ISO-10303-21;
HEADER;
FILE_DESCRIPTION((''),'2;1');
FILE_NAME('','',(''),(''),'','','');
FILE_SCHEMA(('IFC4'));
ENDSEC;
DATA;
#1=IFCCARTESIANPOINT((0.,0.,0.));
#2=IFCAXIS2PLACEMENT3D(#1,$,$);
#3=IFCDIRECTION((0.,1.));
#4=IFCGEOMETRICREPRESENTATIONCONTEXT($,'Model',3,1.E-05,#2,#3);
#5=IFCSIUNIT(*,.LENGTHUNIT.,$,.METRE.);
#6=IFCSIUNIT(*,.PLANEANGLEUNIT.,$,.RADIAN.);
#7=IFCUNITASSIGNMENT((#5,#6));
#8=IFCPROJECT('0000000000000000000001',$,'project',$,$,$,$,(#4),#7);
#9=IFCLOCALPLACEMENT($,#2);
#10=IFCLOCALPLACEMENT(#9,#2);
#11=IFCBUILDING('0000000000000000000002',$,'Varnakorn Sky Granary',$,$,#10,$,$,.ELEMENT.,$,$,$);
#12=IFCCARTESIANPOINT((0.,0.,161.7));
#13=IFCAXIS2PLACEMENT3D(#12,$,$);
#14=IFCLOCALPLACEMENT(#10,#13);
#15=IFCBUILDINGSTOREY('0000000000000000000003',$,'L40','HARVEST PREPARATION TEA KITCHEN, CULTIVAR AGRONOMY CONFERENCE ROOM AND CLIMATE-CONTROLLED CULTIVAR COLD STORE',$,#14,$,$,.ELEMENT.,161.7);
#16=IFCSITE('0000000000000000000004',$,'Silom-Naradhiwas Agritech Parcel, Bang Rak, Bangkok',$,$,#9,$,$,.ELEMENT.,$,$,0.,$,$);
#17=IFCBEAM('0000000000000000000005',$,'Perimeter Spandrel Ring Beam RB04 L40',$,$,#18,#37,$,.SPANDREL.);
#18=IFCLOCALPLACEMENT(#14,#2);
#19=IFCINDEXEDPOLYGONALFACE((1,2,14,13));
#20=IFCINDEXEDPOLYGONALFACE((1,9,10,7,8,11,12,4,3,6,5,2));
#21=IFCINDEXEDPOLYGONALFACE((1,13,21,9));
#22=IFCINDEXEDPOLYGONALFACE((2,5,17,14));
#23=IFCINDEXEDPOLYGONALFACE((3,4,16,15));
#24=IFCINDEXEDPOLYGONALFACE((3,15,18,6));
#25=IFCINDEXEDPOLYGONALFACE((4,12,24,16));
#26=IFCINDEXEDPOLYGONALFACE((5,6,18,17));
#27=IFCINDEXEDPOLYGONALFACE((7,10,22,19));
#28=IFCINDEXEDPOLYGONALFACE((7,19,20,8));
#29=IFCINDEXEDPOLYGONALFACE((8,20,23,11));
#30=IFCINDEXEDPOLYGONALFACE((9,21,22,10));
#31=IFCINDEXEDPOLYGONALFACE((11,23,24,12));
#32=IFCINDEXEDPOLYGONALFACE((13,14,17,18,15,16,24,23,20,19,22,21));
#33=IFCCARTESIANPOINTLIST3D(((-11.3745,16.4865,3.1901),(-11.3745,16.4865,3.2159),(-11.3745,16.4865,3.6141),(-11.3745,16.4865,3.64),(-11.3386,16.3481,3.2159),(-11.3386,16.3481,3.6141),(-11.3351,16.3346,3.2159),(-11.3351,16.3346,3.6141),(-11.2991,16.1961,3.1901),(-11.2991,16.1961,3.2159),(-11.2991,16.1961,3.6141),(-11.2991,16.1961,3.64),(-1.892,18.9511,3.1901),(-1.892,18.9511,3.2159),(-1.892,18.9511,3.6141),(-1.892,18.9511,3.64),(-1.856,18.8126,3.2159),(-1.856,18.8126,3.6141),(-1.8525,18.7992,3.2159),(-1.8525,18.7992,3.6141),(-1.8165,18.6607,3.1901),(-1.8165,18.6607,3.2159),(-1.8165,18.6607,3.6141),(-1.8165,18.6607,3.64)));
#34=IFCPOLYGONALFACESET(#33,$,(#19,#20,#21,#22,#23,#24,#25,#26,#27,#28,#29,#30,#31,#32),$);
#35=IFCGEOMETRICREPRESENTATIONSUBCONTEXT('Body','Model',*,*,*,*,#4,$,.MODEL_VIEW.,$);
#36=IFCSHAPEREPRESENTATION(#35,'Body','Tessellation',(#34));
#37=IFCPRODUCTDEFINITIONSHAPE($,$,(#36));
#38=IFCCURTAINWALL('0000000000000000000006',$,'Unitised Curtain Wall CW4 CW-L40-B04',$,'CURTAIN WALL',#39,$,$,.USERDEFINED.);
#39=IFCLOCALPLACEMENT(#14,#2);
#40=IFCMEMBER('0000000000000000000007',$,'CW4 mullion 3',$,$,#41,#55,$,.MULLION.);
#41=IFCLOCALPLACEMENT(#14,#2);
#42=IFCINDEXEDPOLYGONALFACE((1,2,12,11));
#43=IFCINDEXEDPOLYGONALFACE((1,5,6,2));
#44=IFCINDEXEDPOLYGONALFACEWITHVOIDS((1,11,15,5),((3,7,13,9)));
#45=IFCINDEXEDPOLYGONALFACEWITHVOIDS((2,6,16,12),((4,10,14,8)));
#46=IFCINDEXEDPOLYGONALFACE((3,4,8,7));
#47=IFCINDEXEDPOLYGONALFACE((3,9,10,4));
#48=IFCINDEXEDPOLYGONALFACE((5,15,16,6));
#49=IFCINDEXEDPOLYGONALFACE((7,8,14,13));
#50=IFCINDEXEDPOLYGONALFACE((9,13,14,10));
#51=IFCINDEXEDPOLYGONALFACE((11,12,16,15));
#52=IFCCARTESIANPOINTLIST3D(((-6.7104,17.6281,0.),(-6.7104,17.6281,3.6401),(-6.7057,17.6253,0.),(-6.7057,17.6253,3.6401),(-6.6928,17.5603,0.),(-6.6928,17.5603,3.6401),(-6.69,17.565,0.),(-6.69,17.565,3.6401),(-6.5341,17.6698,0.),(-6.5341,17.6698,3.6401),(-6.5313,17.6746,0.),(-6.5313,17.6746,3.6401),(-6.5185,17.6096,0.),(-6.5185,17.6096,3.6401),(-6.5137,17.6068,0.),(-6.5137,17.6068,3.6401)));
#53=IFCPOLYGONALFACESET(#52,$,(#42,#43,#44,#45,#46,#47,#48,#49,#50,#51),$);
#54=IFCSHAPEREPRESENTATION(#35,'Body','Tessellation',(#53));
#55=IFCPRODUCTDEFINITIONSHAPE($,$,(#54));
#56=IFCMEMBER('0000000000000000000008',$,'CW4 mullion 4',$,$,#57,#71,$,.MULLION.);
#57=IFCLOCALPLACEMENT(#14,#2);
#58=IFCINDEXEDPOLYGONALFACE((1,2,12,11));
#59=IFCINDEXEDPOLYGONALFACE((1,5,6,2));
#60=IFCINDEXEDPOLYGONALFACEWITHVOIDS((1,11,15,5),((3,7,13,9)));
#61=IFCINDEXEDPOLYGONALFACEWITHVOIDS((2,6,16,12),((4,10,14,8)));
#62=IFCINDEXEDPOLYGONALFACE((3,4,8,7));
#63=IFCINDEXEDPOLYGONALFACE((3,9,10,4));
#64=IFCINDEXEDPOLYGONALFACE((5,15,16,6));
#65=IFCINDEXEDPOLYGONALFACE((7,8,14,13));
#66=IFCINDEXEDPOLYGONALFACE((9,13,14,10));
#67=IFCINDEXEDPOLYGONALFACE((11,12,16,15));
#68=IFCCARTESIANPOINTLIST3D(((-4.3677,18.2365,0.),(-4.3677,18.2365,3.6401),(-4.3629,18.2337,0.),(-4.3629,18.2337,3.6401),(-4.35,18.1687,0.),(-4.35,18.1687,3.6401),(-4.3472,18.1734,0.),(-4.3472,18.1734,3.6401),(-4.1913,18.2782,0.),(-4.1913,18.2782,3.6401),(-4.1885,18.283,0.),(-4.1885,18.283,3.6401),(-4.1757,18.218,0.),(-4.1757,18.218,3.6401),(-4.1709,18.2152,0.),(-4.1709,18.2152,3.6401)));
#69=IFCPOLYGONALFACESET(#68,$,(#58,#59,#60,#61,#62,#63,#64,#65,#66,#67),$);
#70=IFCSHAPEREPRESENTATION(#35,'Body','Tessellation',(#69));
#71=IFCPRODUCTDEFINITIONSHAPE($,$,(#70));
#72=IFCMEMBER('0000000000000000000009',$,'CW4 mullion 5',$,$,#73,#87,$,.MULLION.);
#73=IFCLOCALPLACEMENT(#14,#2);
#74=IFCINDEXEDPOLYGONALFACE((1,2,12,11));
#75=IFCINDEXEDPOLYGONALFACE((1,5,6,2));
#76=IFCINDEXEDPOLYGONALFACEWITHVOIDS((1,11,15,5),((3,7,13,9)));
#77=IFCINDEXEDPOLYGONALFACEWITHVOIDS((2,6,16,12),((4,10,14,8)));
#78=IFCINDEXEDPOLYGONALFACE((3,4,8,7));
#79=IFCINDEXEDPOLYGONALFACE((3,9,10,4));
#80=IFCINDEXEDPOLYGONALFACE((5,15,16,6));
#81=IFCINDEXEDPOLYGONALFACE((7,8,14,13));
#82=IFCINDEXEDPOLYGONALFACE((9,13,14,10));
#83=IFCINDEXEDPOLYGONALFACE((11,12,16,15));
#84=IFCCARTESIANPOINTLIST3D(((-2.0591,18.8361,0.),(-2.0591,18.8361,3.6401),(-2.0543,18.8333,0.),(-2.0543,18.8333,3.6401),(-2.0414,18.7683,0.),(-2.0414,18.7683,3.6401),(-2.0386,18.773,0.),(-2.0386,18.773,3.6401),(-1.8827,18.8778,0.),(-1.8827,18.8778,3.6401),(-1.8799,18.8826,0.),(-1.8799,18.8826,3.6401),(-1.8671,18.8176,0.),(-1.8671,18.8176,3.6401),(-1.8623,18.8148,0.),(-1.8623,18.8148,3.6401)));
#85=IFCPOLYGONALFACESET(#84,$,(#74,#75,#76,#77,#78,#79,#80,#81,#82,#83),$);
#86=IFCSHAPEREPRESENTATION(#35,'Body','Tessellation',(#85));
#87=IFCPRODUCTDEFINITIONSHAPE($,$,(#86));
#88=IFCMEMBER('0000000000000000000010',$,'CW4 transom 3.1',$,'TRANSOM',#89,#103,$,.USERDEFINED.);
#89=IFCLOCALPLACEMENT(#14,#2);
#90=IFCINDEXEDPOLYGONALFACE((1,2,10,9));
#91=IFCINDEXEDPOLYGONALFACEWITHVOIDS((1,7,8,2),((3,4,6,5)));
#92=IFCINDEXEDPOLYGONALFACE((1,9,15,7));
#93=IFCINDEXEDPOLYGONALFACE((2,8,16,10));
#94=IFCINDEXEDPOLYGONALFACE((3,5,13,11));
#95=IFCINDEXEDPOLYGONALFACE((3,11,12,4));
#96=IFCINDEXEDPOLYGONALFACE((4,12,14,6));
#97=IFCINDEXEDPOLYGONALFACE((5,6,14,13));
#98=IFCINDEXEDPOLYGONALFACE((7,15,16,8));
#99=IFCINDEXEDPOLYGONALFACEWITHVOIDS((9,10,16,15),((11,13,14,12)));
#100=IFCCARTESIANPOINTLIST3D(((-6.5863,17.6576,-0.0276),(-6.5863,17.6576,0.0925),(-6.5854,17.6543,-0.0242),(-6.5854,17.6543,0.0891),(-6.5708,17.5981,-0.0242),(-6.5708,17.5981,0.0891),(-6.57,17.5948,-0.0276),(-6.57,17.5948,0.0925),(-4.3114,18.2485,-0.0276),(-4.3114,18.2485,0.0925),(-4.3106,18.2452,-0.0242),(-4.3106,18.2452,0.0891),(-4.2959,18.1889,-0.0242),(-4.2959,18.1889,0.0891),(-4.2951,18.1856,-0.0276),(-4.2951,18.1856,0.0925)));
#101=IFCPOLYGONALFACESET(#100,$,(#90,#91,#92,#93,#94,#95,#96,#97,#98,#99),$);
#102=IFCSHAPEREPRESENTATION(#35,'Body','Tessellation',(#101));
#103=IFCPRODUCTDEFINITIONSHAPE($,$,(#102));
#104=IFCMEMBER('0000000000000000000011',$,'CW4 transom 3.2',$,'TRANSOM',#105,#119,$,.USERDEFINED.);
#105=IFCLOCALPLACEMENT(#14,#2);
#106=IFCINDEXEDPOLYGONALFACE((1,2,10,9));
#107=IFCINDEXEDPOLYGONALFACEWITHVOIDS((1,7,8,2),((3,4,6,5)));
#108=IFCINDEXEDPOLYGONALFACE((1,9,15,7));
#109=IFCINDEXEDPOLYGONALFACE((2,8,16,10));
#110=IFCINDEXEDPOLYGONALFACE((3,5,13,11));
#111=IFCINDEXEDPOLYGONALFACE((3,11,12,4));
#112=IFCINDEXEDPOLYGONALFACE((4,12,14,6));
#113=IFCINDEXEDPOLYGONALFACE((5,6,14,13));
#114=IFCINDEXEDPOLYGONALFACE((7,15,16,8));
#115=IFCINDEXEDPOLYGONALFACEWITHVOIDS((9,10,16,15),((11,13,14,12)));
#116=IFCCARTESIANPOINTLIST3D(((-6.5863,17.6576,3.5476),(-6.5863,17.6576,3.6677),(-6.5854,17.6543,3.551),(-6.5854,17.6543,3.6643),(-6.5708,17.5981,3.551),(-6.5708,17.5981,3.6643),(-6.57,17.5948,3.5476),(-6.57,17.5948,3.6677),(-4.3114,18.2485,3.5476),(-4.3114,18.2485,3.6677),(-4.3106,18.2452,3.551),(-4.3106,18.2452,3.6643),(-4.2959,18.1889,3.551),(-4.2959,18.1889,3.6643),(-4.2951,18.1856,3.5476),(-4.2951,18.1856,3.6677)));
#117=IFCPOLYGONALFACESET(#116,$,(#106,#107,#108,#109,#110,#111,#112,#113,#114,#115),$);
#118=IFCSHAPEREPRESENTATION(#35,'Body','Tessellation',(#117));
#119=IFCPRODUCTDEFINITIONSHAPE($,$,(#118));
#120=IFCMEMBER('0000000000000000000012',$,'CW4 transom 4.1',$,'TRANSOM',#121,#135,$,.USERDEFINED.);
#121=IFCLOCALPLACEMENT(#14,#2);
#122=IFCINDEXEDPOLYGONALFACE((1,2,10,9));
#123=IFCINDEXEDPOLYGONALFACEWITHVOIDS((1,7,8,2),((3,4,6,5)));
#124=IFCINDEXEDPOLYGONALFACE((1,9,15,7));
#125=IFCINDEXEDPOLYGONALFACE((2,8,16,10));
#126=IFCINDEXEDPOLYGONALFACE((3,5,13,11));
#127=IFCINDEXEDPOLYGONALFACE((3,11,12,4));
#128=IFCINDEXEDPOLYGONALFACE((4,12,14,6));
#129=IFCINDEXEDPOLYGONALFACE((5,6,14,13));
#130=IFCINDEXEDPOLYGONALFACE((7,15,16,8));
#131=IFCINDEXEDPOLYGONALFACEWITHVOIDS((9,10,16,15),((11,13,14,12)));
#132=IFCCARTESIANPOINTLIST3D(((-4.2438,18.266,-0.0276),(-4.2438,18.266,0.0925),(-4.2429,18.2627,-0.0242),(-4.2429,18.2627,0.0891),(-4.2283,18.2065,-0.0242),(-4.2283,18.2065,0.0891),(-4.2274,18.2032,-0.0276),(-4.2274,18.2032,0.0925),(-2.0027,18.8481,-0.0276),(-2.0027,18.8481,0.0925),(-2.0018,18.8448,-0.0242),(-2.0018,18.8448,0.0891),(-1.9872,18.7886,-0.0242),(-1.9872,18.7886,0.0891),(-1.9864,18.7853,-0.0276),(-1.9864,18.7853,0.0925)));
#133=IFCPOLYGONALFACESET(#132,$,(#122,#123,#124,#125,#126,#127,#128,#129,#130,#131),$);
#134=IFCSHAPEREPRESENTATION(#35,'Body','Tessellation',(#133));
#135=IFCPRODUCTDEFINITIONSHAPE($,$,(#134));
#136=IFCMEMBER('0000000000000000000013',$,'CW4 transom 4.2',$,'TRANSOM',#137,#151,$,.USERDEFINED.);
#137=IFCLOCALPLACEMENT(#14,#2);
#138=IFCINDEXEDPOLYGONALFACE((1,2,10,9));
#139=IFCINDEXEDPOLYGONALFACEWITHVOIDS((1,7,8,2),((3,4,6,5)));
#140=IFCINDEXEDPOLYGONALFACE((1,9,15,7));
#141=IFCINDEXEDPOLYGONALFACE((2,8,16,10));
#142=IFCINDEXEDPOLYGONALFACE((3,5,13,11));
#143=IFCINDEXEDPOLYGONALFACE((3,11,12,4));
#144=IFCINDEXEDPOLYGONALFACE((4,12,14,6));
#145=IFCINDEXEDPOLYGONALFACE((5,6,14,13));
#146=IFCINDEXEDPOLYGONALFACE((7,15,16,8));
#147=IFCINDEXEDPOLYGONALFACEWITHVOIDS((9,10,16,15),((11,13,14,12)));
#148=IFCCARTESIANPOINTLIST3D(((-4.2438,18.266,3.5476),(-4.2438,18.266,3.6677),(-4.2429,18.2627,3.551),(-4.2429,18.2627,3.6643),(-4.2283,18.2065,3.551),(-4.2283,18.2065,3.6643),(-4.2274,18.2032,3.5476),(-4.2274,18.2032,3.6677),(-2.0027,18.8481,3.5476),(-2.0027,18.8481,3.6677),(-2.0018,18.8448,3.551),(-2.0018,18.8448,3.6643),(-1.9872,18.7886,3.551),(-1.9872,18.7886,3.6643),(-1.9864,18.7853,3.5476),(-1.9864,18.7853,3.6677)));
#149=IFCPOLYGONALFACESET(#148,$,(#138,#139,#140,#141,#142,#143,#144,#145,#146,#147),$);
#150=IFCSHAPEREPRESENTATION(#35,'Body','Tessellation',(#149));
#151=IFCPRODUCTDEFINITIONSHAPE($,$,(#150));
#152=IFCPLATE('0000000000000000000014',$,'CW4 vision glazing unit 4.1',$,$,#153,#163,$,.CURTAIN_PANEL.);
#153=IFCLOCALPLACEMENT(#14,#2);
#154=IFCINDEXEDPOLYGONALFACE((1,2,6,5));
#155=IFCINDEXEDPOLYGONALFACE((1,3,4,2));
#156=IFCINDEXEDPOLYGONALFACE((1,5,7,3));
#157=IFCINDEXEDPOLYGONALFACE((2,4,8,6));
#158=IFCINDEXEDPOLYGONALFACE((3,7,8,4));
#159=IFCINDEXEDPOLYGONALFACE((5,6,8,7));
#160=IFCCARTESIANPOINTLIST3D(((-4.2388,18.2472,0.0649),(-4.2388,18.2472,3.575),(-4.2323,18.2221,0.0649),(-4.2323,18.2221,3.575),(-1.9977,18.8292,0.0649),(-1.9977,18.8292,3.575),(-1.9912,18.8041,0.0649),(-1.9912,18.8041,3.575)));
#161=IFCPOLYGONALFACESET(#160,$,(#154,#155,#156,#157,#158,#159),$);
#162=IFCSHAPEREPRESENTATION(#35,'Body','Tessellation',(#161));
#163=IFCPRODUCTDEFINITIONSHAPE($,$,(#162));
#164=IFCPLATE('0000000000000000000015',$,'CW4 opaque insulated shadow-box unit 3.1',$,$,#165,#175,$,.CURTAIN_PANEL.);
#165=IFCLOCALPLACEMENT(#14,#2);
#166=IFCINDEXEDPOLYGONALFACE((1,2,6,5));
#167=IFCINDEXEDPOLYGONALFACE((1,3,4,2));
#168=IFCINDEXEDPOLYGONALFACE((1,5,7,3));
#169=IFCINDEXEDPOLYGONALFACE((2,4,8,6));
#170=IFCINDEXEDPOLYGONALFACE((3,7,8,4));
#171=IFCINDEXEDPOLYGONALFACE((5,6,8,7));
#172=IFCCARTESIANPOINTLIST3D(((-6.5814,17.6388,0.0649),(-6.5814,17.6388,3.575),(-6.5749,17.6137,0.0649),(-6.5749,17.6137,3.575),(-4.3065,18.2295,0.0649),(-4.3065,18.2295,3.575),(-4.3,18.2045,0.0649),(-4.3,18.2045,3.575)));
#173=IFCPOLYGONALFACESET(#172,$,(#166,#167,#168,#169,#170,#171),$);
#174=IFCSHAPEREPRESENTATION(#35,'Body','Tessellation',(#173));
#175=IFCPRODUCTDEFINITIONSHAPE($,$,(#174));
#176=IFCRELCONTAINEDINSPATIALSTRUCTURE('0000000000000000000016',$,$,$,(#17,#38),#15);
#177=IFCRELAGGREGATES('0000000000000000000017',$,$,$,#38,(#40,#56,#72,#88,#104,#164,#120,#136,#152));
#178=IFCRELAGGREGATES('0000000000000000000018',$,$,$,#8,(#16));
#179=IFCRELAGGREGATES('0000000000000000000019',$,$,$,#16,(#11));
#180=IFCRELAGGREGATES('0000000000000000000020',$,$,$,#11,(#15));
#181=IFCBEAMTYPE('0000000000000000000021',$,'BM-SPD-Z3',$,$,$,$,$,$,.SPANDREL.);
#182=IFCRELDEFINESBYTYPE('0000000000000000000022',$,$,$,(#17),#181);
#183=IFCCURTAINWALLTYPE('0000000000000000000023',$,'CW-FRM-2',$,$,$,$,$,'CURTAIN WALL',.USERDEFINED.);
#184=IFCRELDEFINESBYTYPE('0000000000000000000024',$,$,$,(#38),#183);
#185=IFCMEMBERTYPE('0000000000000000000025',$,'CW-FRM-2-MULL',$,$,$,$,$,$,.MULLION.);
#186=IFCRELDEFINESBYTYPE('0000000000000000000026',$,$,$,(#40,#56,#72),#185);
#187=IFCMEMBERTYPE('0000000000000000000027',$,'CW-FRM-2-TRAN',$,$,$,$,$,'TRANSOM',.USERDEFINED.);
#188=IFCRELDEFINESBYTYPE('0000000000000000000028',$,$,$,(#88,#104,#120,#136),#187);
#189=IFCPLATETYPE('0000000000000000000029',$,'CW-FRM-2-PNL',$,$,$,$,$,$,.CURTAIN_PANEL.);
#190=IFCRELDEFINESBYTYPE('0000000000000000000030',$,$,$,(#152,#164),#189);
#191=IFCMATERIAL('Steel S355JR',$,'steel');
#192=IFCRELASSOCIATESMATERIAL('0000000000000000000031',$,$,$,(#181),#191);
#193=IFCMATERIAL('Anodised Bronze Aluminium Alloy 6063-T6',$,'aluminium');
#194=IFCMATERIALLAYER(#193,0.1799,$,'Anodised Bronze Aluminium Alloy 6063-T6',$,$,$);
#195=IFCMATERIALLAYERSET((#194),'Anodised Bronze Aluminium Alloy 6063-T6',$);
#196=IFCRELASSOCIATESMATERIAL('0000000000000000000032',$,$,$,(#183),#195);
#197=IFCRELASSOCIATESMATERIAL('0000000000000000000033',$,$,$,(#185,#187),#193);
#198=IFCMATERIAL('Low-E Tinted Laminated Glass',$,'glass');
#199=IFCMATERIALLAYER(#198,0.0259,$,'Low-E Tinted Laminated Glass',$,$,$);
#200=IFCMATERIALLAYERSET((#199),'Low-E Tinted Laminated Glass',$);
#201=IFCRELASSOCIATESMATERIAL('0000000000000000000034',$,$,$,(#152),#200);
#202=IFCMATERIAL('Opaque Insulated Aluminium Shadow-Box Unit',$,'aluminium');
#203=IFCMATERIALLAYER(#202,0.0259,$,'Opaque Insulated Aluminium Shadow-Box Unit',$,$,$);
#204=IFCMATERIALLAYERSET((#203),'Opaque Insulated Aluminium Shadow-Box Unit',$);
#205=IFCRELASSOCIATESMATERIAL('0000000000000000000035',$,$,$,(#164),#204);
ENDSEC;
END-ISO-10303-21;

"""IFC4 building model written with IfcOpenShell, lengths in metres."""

from ifc_helpers import new_model, si_unit, direction, frame, origin, origin_2d, place, context, subcontext, project, spatial, rectangle, hollow_rectangle, i_section, extrude, source, transform, mapped, material, layer, layer_set, material_profile, profile_set, type_object, type_shapes, element, aggregate, save


model = new_model("IFC4")

# Units and contexts
model_context = context("Model", 3, precision=1e-05, world=origin(), true_north=direction((0.0, 1.0)))
body_context = subcontext(model_context, "Body", "Model", "MODEL_VIEW")
ifc_project = project(units=[si_unit("LENGTHUNIT", "METRE"), si_unit("PLANEANGLEUNIT", "RADIAN")], contexts=[model_context])

# Site, building, storey
site_placement = place(None, origin())
site = spatial("IfcSite", under=ifc_project, at=site_placement, Name="Silom-Naradhiwas Agritech Parcel, Bang Rak, Bangkok", CompositionType="ELEMENT", RefElevation=0.0)
building_placement = place(site_placement, origin())
building = spatial("IfcBuilding", under=site, at=building_placement, Name="Varnakorn Sky Granary", CompositionType="ELEMENT")
storey_placement = place(building_placement, frame((0.0, 0.0, 161.7)))
storey = spatial("IfcBuildingStorey", under=building, at=storey_placement, Name="L40", Description="HARVEST PREPARATION TEA KITCHEN, CULTIVAR AGRONOMY CONFERENCE ROOM AND CLIMATE-CONTROLLED CULTIVAR COLD STORE", CompositionType="ELEMENT", Elevation=161.7)

# Beam
ifc_material_1 = material(Name="Steel S355JR", Category="steel")
ifc_material_profile_1 = material_profile(ifc_material_1, i_section(OverallWidth=0.3, OverallDepth=0.45, WebThickness=0.0139, FlangeThickness=0.0259, at=origin_2d()), Name="HE 450 B")
ifc_profile_set_1 = profile_set([ifc_material_profile_1], Name="Steel S355JR")
beam_type_1 = type_object("IfcBeamType", Name="BM-SPD-Z3", PredefinedType="SPANDREL", material=ifc_profile_set_1)
beam_1_placement = place(storey_placement, frame((-1.8542, 18.8059, 3.415), z_axis=(-0.967845, -0.251548, 0.0), x_axis=(0.251548, -0.967845, 0.0)))
element("IfcBeam", 1, at=beam_1_placement, inside=storey, type_object=beam_type_1, Name="Perimeter Spandrel Ring Beam RB04 L40", PredefinedType="SPANDREL", context=body_context, shape_type="SweptSolid", body=[
    extrude(i_section(OverallWidth=0.3, OverallDepth=0.45, WebThickness=0.0139, FlangeThickness=0.0259, at=origin_2d()), origin(), (0.0, 0.0, 1.0), 9.7976),
])

# Curtain wall, members, plates
ifc_material_2 = material(Name="Anodised Bronze Aluminium Alloy 6063-T6", Category="aluminium")
ifc_layer_1 = layer(ifc_material_2, 0.1799, Name="Anodised Bronze Aluminium Alloy 6063-T6")
ifc_layer_set_1 = layer_set([ifc_layer_1], Name="Anodised Bronze Aluminium Alloy 6063-T6")
curtain_wall_type = type_object("IfcCurtainWallType", Name="CW-FRM-2", ElementType="CURTAIN WALL", PredefinedType="USERDEFINED", material=ifc_layer_set_1)
curtain_wall_placement = place(storey_placement, origin())
curtain_wall = element("IfcCurtainWall", 2, at=curtain_wall_placement, inside=storey, type_object=curtain_wall_type, Name="Unitised Curtain Wall CW4 CW-L40-B04", ObjectType="CURTAIN WALL", PredefinedType="USERDEFINED")
ifc_material_profile_2 = material_profile(ifc_material_2, hollow_rectangle(XDim=0.0701, YDim=0.1851, WallThickness=0.0039, at=origin_2d()), Name="ALU MULL 70x185")
ifc_profile_set_2 = profile_set([ifc_material_profile_2], Name="Anodised Bronze Aluminium Alloy 6063-T6")
member_type_1 = type_object("IfcMemberType", Name="CW-FRM-2-MULL", PredefinedType="MULLION", material=ifc_profile_set_2)
member_1_placement = place(storey_placement, frame((-6.6121, 17.6174, 0.0), z_axis=(0.0, 0.0, 1.0), x_axis=(-0.251363, 0.967893, 0.0)))
member_1 = element("IfcMember", 3, at=member_1_placement, type_object=member_type_1, Name="CW4 mullion 3", PredefinedType="MULLION", context=body_context, shape_type="SweptSolid", body=[
    extrude(hollow_rectangle(XDim=0.0701, YDim=0.1851, WallThickness=0.0039, at=origin_2d()), origin(), (0.0, 0.0, 1.0), 3.6401),
])
member_2_placement = place(storey_placement, frame((-4.2693, 18.2258, 0.0), z_axis=(0.0, 0.0, 1.0), x_axis=(-0.251363, 0.967893, 0.0)))
member_2 = element("IfcMember", 4, at=member_2_placement, type_object=member_type_1, Name="CW4 mullion 4", PredefinedType="MULLION", context=body_context, shape_type="SweptSolid", body=[
    extrude(hollow_rectangle(XDim=0.0701, YDim=0.1851, WallThickness=0.0039, at=origin_2d()), origin(), (0.0, 0.0, 1.0), 3.6401),
])
member_3_placement = place(storey_placement, frame((-1.9607, 18.8254, 0.0), z_axis=(0.0, 0.0, 1.0), x_axis=(-0.251363, 0.967893, 0.0)))
member_3 = element("IfcMember", 5, at=member_3_placement, type_object=member_type_1, Name="CW4 mullion 5", PredefinedType="MULLION", context=body_context, shape_type="SweptSolid", body=[
    extrude(hollow_rectangle(XDim=0.0701, YDim=0.1851, WallThickness=0.0039, at=origin_2d()), origin(), (0.0, 0.0, 1.0), 3.6401),
])
ifc_material_profile_3 = material_profile(ifc_material_2, hollow_rectangle(XDim=0.0649, YDim=0.1201, WallThickness=0.0034, at=origin_2d()), Name="ALU TRAN 65x120")
ifc_profile_set_3 = profile_set([ifc_material_profile_3], Name="Anodised Bronze Aluminium Alloy 6063-T6")
member_type_2 = type_object("IfcMemberType", Name="CW-FRM-2-TRAN", ElementType="TRANSOM", PredefinedType="USERDEFINED", material=ifc_profile_set_3)
member_4_placement = place(storey_placement, frame((-6.5781, 17.6262, 0.0325), z_axis=(0.96789, 0.251373, 0.0), x_axis=(-0.251373, 0.96789, 0.0)))
member_4 = element("IfcMember", 6, at=member_4_placement, type_object=member_type_2, Name="CW4 transom 3.1", ObjectType="TRANSOM", PredefinedType="USERDEFINED", context=body_context, shape_type="SweptSolid", body=[
    extrude(hollow_rectangle(XDim=0.0649, YDim=0.1201, WallThickness=0.0034, at=origin_2d()), origin(), (0.0, 0.0, 1.0), 2.3503),
])
member_5_placement = place(storey_placement, frame((-6.5781, 17.6262, 3.6077), z_axis=(0.96789, 0.251373, 0.0), x_axis=(-0.251373, 0.96789, 0.0)))
member_5 = element("IfcMember", 7, at=member_5_placement, type_object=member_type_2, Name="CW4 transom 3.2", ObjectType="TRANSOM", PredefinedType="USERDEFINED", context=body_context, shape_type="SweptSolid", body=[
    extrude(hollow_rectangle(XDim=0.0649, YDim=0.1201, WallThickness=0.0034, at=origin_2d()), origin(), (0.0, 0.0, 1.0), 2.3503),
])
member_6_placement = place(storey_placement, frame((-4.2356, 18.2346, 0.0325), z_axis=(0.967888, 0.251383, 0.0), x_axis=(-0.251383, 0.967888, 0.0)))
member_6 = element("IfcMember", 8, at=member_6_placement, type_object=member_type_2, Name="CW4 transom 4.1", ObjectType="TRANSOM", PredefinedType="USERDEFINED", context=body_context, shape_type="SweptSolid", body=[
    extrude(hollow_rectangle(XDim=0.0649, YDim=0.1201, WallThickness=0.0034, at=origin_2d()), origin(), (0.0, 0.0, 1.0), 2.3154),
])
member_7_placement = place(storey_placement, frame((-4.2356, 18.2346, 3.6077), z_axis=(0.967888, 0.251383, 0.0), x_axis=(-0.251383, 0.967888, 0.0)))
member_7 = element("IfcMember", 9, at=member_7_placement, type_object=member_type_2, Name="CW4 transom 4.2", ObjectType="TRANSOM", PredefinedType="USERDEFINED", context=body_context, shape_type="SweptSolid", body=[
    extrude(hollow_rectangle(XDim=0.0649, YDim=0.1201, WallThickness=0.0034, at=origin_2d()), origin(), (0.0, 0.0, 1.0), 2.3154),
])
ifc_material_3 = material(Name="Low-E Tinted Laminated Glass", Category="glass")
ifc_layer_2 = layer(ifc_material_3, 0.0259, Name="Low-E Tinted Laminated Glass")
ifc_layer_set_2 = layer_set([ifc_layer_2], Name="Low-E Tinted Laminated Glass")
plate_type = type_object("IfcPlateType", Name="CW-FRM-2-PNL", PredefinedType="CURTAIN_PANEL")
shared_shape_1 = source(origin(), body_context, "Body", "SweptSolid", [
    extrude(rectangle(XDim=2.3154, YDim=0.0259, at=origin_2d()), origin(), (0.0, 0.0, 1.0), 3.51),
])
plate_1_placement = place(storey_placement, frame((-3.115, 18.5256, 0.0649), z_axis=(0.0, 0.0, 1.0), x_axis=(0.967893, 0.251363, 0.0)))
plate_1 = element("IfcPlate", 10, at=plate_1_placement, type_object=plate_type, material=ifc_layer_set_2, Name="CW4 vision glazing unit 4.1", PredefinedType="CURTAIN_PANEL", context=body_context, shape_type="MappedRepresentation", body=[
    mapped(shared_shape_1, transform((0.0, 0.0, 0.0), x_axis=(1.0, 0.0, 0.0), y_axis=(0.0, 1.0, 0.0), z_axis=(0.0, 0.0, 1.0), scale=1.0)),
])
ifc_material_4 = material(Name="Opaque Insulated Aluminium Shadow-Box Unit", Category="aluminium")
ifc_layer_3 = layer(ifc_material_4, 0.0259, Name="Opaque Insulated Aluminium Shadow-Box Unit")
ifc_layer_set_3 = layer_set([ifc_layer_3], Name="Opaque Insulated Aluminium Shadow-Box Unit")
shared_shape_2 = source(origin(), body_context, "Body", "SweptSolid", [
    extrude(rectangle(XDim=2.3503, YDim=0.0259, at=origin_2d()), origin(), (0.0, 0.0, 1.0), 3.51),
])
type_shapes(plate_type, [shared_shape_1, shared_shape_2])
plate_2_placement = place(storey_placement, frame((-5.4407, 17.9216, 0.0649), z_axis=(0.0, 0.0, 1.0), x_axis=(0.967893, 0.251363, 0.0)))
plate_2 = element("IfcPlate", 11, at=plate_2_placement, type_object=plate_type, material=ifc_layer_set_3, Name="CW4 opaque insulated shadow-box unit 3.1", PredefinedType="CURTAIN_PANEL", context=body_context, shape_type="MappedRepresentation", body=[
    mapped(shared_shape_2, transform((0.0, 0.0, 0.0), x_axis=(1.0, 0.0, 0.0), y_axis=(0.0, 1.0, 0.0), z_axis=(0.0, 0.0, 1.0), scale=1.0)),
])
aggregate(curtain_wall, [member_1, member_2, member_3, member_4, member_5, plate_2, member_6, member_7, plate_1])

save(model, "model.ifc")
